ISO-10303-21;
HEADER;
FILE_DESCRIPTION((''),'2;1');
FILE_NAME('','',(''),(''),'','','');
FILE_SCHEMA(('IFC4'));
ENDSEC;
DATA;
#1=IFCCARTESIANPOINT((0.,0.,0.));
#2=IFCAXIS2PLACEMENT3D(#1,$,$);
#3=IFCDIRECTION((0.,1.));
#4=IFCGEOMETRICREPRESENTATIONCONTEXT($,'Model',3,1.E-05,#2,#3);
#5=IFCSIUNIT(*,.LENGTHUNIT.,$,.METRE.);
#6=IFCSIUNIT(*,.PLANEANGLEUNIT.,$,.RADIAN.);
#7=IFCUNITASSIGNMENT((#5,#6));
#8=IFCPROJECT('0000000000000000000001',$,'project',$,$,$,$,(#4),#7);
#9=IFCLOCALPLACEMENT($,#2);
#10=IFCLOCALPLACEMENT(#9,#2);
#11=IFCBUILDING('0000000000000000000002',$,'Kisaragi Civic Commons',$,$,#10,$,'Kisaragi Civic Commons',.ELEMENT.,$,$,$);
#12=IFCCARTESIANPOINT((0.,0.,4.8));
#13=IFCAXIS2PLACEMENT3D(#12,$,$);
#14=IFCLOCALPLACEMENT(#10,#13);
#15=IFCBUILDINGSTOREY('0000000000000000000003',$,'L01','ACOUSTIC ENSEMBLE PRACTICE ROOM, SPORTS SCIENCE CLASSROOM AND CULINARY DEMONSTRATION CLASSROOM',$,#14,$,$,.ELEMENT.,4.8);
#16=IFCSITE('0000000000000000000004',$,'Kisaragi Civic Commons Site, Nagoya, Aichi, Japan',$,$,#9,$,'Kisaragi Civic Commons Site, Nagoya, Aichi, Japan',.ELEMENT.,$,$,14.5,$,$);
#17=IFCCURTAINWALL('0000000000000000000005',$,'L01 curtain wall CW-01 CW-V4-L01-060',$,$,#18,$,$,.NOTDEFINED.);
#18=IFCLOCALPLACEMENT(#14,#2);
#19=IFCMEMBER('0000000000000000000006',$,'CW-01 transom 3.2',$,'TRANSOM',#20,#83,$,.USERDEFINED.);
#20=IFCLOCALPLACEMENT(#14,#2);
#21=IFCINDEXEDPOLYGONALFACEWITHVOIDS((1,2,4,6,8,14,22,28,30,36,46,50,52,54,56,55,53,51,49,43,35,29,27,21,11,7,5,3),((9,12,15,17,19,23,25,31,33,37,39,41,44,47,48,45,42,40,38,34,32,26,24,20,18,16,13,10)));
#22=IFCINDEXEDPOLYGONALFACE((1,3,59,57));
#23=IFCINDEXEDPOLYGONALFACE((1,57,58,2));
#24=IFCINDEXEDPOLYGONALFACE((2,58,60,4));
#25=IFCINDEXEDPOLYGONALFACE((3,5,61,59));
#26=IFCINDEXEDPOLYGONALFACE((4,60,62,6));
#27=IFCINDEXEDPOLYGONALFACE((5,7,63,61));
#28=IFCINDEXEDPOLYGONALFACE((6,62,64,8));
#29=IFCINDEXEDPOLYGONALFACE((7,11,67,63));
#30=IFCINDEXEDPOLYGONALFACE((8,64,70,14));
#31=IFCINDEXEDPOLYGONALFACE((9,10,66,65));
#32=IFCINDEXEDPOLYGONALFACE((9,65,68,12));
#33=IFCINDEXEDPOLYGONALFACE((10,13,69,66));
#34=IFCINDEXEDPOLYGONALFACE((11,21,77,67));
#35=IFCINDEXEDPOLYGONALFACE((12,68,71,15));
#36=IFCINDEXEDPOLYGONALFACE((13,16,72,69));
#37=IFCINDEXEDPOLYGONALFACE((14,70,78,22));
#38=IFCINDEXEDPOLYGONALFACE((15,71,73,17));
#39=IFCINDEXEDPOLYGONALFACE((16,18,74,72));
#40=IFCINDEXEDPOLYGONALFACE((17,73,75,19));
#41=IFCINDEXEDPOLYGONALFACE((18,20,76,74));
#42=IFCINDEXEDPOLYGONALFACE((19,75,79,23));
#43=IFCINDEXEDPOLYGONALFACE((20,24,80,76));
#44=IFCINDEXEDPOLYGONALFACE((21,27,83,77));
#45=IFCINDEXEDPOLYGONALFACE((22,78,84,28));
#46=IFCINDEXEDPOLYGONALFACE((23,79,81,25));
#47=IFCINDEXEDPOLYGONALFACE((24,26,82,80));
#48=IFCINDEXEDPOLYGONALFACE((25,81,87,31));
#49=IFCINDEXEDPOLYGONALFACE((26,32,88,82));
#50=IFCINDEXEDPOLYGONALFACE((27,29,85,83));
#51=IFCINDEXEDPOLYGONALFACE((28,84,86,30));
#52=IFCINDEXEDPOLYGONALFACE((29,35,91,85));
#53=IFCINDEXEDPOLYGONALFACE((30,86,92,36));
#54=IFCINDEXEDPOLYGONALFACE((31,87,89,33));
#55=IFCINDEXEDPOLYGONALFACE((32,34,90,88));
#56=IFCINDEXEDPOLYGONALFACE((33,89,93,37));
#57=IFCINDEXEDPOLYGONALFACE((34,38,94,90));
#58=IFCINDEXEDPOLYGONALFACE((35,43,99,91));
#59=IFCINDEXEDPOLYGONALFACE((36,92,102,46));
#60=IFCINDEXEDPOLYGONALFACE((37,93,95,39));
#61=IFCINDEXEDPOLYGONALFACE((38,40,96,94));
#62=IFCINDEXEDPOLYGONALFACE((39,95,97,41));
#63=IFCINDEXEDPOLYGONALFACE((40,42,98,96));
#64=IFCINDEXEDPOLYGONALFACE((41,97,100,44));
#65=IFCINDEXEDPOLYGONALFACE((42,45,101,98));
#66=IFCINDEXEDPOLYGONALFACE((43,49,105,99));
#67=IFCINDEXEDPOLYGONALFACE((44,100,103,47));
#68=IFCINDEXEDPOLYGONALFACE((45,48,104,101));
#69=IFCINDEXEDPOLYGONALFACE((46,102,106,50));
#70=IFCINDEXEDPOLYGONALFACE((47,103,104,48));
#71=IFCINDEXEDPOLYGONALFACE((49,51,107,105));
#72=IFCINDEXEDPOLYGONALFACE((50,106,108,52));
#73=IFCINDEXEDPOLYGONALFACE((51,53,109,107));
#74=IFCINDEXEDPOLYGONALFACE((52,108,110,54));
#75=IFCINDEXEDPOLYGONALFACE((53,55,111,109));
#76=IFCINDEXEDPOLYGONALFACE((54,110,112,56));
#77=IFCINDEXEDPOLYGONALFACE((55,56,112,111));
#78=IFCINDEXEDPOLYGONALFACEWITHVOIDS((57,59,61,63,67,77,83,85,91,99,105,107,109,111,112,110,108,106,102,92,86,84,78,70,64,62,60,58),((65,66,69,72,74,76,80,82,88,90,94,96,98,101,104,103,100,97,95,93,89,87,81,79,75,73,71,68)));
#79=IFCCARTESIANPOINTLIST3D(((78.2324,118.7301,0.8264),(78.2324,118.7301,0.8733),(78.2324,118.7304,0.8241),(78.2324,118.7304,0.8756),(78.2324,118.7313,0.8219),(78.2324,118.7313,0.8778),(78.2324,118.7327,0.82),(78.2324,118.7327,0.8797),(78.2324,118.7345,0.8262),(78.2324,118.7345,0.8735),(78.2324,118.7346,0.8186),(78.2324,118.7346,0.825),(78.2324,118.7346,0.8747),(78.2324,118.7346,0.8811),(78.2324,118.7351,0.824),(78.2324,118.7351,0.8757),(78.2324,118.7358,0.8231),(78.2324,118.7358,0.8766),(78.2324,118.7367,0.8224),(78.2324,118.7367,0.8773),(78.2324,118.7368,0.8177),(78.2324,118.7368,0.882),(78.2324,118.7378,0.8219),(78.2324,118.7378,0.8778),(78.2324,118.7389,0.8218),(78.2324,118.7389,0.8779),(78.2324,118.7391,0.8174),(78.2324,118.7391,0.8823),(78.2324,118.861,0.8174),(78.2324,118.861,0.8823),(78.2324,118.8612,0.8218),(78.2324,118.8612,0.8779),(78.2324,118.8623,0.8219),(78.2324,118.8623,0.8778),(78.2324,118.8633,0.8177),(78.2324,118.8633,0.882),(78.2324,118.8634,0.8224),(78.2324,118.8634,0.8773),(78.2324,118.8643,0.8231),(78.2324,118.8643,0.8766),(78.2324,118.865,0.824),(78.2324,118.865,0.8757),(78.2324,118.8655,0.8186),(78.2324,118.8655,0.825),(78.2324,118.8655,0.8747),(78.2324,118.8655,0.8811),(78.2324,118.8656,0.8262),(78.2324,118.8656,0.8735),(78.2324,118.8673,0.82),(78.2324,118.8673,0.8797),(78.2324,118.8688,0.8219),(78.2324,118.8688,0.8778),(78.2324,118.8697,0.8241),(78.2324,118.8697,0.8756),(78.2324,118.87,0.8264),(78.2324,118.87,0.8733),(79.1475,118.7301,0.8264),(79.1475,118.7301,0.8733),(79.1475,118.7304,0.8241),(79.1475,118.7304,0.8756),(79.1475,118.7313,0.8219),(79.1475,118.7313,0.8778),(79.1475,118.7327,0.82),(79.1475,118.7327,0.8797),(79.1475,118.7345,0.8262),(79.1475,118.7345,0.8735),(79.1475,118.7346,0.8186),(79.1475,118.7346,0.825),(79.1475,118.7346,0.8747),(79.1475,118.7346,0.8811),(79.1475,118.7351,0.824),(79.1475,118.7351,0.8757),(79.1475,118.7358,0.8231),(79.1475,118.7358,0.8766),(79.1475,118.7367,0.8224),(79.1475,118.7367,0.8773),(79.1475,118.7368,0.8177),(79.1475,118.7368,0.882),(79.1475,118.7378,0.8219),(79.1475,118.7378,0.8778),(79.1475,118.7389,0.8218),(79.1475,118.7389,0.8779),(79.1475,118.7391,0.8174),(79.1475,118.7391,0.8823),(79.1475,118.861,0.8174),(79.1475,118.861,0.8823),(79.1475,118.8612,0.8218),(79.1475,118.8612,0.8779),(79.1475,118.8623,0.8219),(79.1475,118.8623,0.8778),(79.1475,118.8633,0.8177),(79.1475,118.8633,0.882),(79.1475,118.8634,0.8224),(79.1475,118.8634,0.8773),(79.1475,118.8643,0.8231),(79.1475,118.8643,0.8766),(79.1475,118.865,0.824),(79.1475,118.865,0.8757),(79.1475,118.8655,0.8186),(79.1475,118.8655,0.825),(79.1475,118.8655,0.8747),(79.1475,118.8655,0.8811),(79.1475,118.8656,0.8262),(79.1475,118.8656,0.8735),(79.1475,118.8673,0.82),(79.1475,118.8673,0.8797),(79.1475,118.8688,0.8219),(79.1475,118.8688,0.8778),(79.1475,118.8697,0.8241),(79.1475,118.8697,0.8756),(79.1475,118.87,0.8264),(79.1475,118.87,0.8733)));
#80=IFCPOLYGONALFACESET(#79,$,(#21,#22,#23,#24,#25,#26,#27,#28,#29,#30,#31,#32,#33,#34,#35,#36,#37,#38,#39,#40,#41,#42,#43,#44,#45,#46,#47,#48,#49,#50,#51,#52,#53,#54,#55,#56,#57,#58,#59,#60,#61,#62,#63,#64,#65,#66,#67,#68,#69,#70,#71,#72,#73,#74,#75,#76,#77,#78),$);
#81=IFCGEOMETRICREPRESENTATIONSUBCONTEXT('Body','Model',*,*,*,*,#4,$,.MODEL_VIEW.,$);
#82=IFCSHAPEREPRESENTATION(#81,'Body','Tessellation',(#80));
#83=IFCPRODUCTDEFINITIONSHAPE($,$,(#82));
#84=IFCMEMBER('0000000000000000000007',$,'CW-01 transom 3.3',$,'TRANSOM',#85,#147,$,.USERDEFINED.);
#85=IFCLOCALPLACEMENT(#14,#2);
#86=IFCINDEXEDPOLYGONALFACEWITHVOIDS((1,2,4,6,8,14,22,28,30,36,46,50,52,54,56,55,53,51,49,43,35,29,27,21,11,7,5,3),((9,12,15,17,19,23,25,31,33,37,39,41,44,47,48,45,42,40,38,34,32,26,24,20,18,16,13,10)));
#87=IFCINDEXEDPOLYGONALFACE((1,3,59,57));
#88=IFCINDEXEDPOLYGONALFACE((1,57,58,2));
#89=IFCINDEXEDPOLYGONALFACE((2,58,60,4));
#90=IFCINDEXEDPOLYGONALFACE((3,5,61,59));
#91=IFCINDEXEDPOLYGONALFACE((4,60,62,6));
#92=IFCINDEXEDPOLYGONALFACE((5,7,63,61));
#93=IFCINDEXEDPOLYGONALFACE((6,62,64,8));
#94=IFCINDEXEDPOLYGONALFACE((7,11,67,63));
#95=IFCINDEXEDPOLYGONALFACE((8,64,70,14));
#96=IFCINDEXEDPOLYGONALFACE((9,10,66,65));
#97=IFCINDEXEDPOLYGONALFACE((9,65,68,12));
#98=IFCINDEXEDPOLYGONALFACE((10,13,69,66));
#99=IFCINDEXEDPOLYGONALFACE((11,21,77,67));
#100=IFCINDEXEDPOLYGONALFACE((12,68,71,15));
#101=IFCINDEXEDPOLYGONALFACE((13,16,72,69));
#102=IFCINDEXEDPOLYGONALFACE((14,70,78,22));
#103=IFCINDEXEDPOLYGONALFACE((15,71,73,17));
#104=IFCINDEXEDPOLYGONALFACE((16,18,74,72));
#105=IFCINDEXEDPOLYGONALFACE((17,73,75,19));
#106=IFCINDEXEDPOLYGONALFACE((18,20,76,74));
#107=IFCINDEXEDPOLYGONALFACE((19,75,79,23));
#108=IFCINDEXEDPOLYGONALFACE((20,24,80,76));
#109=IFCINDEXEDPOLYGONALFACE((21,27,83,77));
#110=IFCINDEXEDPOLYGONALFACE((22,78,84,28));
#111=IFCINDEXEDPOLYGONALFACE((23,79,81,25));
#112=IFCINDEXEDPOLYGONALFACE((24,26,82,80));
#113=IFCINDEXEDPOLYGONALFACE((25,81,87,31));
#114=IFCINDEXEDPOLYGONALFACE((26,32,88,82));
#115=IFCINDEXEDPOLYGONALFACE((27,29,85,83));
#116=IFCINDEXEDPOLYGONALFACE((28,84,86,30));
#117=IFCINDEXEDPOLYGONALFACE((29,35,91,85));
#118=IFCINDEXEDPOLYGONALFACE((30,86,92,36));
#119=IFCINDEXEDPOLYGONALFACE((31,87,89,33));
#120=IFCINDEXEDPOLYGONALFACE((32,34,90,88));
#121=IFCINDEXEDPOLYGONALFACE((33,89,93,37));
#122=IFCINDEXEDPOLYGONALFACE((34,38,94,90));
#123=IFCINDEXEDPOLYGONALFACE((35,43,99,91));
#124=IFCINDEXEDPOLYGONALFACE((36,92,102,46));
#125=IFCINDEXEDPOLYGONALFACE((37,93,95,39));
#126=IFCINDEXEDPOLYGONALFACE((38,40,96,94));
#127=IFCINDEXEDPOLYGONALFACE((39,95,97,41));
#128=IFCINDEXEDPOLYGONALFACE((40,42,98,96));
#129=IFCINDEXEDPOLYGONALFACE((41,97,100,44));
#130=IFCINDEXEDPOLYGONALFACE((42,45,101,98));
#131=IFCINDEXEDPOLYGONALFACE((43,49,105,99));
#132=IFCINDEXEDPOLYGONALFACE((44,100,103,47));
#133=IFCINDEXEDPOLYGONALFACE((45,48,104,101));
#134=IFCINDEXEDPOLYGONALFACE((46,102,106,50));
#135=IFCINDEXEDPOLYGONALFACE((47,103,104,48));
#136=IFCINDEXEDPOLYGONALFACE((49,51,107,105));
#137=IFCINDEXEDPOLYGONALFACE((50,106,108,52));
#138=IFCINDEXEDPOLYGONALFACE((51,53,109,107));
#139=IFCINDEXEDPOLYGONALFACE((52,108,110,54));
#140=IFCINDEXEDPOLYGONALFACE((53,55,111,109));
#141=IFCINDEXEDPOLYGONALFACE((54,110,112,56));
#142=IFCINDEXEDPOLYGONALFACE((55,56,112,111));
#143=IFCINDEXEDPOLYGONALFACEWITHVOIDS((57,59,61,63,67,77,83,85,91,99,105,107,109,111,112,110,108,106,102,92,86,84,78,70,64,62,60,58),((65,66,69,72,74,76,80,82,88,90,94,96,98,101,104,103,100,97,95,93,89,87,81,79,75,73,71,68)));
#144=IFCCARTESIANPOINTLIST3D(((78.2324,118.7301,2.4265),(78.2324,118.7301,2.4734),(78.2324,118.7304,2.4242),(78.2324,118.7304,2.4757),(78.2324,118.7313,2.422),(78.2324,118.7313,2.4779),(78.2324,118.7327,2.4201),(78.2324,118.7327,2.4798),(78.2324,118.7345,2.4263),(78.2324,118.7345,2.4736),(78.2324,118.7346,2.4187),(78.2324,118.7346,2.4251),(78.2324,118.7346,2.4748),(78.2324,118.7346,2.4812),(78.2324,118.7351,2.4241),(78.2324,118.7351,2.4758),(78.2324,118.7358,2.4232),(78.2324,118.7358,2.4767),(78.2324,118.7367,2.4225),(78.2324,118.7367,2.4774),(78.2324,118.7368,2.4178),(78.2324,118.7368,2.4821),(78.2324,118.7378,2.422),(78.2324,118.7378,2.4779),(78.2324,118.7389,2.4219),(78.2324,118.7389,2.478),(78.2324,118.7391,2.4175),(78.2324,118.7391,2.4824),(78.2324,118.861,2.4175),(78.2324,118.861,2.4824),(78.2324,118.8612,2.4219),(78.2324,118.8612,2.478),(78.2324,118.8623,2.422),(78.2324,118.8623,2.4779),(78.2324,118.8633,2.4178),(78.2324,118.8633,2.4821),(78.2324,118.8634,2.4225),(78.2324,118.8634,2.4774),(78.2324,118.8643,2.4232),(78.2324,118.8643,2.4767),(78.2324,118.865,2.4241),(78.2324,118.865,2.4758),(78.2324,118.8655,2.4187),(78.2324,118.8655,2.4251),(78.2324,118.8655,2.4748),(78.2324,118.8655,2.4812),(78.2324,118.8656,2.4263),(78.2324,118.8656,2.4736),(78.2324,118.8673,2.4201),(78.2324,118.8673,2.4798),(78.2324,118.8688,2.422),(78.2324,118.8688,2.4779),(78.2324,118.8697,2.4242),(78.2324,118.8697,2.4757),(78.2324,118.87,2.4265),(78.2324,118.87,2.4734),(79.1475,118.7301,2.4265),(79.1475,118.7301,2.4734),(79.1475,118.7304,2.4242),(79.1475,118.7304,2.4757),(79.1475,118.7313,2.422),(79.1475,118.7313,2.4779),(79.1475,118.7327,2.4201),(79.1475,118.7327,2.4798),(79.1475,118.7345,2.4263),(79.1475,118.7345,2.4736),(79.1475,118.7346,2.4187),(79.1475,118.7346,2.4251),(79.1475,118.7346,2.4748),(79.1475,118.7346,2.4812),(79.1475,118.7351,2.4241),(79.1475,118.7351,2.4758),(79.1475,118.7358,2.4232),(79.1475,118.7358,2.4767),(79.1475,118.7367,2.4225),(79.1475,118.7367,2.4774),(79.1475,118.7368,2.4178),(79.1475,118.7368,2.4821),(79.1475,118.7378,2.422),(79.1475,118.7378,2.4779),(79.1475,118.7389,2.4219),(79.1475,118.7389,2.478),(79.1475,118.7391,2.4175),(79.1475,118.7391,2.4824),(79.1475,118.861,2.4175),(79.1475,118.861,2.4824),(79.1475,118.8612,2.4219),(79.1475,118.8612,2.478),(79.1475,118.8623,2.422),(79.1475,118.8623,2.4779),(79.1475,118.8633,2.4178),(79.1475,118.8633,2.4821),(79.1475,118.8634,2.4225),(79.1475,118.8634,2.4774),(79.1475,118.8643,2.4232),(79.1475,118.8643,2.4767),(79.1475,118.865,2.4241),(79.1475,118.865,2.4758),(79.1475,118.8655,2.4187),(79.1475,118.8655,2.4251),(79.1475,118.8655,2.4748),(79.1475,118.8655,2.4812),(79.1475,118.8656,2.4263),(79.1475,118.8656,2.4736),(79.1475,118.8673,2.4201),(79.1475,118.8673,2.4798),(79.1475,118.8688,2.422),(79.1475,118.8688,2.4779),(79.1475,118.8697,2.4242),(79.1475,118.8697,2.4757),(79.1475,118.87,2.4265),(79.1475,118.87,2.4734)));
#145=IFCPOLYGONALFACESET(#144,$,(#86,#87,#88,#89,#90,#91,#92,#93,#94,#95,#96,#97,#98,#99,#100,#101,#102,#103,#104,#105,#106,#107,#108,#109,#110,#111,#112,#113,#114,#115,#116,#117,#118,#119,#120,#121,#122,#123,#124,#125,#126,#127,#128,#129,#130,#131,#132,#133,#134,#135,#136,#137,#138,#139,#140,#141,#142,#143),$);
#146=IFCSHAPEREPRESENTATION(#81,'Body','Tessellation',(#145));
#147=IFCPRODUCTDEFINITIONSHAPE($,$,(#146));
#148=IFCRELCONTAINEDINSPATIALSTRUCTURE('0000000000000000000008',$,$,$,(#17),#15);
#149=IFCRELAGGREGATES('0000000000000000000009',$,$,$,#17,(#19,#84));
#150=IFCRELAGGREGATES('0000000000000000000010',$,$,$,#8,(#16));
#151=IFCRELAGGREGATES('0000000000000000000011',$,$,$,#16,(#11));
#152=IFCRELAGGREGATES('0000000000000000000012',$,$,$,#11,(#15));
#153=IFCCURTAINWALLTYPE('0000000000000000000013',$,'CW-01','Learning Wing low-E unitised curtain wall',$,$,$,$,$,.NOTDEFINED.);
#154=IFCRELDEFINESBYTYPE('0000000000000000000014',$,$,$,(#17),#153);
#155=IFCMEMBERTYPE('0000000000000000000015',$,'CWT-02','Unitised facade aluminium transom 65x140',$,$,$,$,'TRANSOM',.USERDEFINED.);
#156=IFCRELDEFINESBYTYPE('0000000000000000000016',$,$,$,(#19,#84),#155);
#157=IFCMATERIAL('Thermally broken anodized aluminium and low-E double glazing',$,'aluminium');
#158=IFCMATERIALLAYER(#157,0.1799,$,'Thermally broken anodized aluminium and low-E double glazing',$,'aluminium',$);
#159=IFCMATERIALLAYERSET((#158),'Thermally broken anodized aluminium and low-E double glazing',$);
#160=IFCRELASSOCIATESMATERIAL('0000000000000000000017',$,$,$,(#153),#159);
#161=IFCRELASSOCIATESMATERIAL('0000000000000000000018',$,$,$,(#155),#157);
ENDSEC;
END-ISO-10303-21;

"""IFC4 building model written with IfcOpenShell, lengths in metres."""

from ifc_helpers import new_model, si_unit, direction, frame, origin, origin_2d, place, context, subcontext, project, spatial, hollow_rectangle, extrude, material, layer, layer_set, material_profile, profile_set, type_object, element, aggregate, save


model = new_model("IFC4")

# Units and contexts
model_context = context("Model", 3, precision=1e-05, world=origin(), true_north=direction((0.0, 1.0)))
body_context = subcontext(model_context, "Body", "Model", "MODEL_VIEW")
ifc_project = project(units=[si_unit("LENGTHUNIT", "METRE"), si_unit("PLANEANGLEUNIT", "RADIAN")], contexts=[model_context])

# Site, building, storey
site_placement = place(None, origin())
site = spatial("IfcSite", under=ifc_project, at=site_placement, Name="Kisaragi Civic Commons Site, Nagoya, Aichi, Japan", LongName="Kisaragi Civic Commons Site, Nagoya, Aichi, Japan", CompositionType="ELEMENT", RefElevation=14.5)
building_placement = place(site_placement, origin())
building = spatial("IfcBuilding", under=site, at=building_placement, Name="Kisaragi Civic Commons", LongName="Kisaragi Civic Commons", CompositionType="ELEMENT")
storey_placement = place(building_placement, frame((0.0, 0.0, 4.8)))
storey = spatial("IfcBuildingStorey", under=building, at=storey_placement, Name="L01", Description="ACOUSTIC ENSEMBLE PRACTICE ROOM, SPORTS SCIENCE CLASSROOM AND CULINARY DEMONSTRATION CLASSROOM", CompositionType="ELEMENT", Elevation=4.8)

# Curtain wall, members
ifc_material_1 = material(Name="Thermally broken anodized aluminium and low-E double glazing", Category="aluminium")
ifc_layer_1 = layer(ifc_material_1, 0.1799, Name="Thermally broken anodized aluminium and low-E double glazing", Category="aluminium")
ifc_layer_set_1 = layer_set([ifc_layer_1], Name="Thermally broken anodized aluminium and low-E double glazing")
curtain_wall_type = type_object("IfcCurtainWallType", Name="CW-01", Description="Learning Wing low-E unitised curtain wall", PredefinedType="NOTDEFINED", material=ifc_layer_set_1)
curtain_wall_placement = place(storey_placement, origin())
curtain_wall = element("IfcCurtainWall", 1, at=curtain_wall_placement, inside=storey, type_object=curtain_wall_type, Name="L01 curtain wall CW-01 CW-V4-L01-060", PredefinedType="NOTDEFINED")
ifc_material_profile_1 = material_profile(ifc_material_1, hollow_rectangle(XDim=0.1399, YDim=0.0649, WallThickness=0.0044, InnerFilletRadius=0.0044, OuterFilletRadius=0.009, at=origin_2d()), Name="CWT-65x140x4.5", Category="aluminium")
ifc_profile_set_1 = profile_set([ifc_material_profile_1], Name="Thermally broken anodized aluminium and low-E double glazing")
member_type_1 = type_object("IfcMemberType", Name="CWT-02", Description="Unitised facade aluminium transom 65x140", ElementType="TRANSOM", PredefinedType="USERDEFINED", material=ifc_profile_set_1)
member_1_placement = place(storey_placement, frame((78.2324, 118.8, 0.8499), z_axis=(1.0, 0.0, 0.0), x_axis=(0.0, 1.0, 0.0)))
member_1 = element("IfcMember", 2, at=member_1_placement, type_object=member_type_1, Name="CW-01 transom 3.2", ObjectType="TRANSOM", PredefinedType="USERDEFINED", context=body_context, shape_type="SweptSolid", body=[
    extrude(hollow_rectangle(XDim=0.1399, YDim=0.0649, WallThickness=0.0044, InnerFilletRadius=0.0044, OuterFilletRadius=0.009, at=origin_2d()), origin(), (0.0, 0.0, 1.0), 0.915),
])
member_2_placement = place(storey_placement, frame((78.2324, 118.8, 2.45), z_axis=(1.0, 0.0, 0.0), x_axis=(0.0, 1.0, 0.0)))
member_2 = element("IfcMember", 3, at=member_2_placement, type_object=member_type_1, Name="CW-01 transom 3.3", ObjectType="TRANSOM", PredefinedType="USERDEFINED", context=body_context, shape_type="SweptSolid", body=[
    extrude(hollow_rectangle(XDim=0.1399, YDim=0.0649, WallThickness=0.0044, InnerFilletRadius=0.0044, OuterFilletRadius=0.009, at=origin_2d()), origin(), (0.0, 0.0, 1.0), 0.915),
])
aggregate(curtain_wall, [member_1, member_2])

save(model, "model.ifc")
